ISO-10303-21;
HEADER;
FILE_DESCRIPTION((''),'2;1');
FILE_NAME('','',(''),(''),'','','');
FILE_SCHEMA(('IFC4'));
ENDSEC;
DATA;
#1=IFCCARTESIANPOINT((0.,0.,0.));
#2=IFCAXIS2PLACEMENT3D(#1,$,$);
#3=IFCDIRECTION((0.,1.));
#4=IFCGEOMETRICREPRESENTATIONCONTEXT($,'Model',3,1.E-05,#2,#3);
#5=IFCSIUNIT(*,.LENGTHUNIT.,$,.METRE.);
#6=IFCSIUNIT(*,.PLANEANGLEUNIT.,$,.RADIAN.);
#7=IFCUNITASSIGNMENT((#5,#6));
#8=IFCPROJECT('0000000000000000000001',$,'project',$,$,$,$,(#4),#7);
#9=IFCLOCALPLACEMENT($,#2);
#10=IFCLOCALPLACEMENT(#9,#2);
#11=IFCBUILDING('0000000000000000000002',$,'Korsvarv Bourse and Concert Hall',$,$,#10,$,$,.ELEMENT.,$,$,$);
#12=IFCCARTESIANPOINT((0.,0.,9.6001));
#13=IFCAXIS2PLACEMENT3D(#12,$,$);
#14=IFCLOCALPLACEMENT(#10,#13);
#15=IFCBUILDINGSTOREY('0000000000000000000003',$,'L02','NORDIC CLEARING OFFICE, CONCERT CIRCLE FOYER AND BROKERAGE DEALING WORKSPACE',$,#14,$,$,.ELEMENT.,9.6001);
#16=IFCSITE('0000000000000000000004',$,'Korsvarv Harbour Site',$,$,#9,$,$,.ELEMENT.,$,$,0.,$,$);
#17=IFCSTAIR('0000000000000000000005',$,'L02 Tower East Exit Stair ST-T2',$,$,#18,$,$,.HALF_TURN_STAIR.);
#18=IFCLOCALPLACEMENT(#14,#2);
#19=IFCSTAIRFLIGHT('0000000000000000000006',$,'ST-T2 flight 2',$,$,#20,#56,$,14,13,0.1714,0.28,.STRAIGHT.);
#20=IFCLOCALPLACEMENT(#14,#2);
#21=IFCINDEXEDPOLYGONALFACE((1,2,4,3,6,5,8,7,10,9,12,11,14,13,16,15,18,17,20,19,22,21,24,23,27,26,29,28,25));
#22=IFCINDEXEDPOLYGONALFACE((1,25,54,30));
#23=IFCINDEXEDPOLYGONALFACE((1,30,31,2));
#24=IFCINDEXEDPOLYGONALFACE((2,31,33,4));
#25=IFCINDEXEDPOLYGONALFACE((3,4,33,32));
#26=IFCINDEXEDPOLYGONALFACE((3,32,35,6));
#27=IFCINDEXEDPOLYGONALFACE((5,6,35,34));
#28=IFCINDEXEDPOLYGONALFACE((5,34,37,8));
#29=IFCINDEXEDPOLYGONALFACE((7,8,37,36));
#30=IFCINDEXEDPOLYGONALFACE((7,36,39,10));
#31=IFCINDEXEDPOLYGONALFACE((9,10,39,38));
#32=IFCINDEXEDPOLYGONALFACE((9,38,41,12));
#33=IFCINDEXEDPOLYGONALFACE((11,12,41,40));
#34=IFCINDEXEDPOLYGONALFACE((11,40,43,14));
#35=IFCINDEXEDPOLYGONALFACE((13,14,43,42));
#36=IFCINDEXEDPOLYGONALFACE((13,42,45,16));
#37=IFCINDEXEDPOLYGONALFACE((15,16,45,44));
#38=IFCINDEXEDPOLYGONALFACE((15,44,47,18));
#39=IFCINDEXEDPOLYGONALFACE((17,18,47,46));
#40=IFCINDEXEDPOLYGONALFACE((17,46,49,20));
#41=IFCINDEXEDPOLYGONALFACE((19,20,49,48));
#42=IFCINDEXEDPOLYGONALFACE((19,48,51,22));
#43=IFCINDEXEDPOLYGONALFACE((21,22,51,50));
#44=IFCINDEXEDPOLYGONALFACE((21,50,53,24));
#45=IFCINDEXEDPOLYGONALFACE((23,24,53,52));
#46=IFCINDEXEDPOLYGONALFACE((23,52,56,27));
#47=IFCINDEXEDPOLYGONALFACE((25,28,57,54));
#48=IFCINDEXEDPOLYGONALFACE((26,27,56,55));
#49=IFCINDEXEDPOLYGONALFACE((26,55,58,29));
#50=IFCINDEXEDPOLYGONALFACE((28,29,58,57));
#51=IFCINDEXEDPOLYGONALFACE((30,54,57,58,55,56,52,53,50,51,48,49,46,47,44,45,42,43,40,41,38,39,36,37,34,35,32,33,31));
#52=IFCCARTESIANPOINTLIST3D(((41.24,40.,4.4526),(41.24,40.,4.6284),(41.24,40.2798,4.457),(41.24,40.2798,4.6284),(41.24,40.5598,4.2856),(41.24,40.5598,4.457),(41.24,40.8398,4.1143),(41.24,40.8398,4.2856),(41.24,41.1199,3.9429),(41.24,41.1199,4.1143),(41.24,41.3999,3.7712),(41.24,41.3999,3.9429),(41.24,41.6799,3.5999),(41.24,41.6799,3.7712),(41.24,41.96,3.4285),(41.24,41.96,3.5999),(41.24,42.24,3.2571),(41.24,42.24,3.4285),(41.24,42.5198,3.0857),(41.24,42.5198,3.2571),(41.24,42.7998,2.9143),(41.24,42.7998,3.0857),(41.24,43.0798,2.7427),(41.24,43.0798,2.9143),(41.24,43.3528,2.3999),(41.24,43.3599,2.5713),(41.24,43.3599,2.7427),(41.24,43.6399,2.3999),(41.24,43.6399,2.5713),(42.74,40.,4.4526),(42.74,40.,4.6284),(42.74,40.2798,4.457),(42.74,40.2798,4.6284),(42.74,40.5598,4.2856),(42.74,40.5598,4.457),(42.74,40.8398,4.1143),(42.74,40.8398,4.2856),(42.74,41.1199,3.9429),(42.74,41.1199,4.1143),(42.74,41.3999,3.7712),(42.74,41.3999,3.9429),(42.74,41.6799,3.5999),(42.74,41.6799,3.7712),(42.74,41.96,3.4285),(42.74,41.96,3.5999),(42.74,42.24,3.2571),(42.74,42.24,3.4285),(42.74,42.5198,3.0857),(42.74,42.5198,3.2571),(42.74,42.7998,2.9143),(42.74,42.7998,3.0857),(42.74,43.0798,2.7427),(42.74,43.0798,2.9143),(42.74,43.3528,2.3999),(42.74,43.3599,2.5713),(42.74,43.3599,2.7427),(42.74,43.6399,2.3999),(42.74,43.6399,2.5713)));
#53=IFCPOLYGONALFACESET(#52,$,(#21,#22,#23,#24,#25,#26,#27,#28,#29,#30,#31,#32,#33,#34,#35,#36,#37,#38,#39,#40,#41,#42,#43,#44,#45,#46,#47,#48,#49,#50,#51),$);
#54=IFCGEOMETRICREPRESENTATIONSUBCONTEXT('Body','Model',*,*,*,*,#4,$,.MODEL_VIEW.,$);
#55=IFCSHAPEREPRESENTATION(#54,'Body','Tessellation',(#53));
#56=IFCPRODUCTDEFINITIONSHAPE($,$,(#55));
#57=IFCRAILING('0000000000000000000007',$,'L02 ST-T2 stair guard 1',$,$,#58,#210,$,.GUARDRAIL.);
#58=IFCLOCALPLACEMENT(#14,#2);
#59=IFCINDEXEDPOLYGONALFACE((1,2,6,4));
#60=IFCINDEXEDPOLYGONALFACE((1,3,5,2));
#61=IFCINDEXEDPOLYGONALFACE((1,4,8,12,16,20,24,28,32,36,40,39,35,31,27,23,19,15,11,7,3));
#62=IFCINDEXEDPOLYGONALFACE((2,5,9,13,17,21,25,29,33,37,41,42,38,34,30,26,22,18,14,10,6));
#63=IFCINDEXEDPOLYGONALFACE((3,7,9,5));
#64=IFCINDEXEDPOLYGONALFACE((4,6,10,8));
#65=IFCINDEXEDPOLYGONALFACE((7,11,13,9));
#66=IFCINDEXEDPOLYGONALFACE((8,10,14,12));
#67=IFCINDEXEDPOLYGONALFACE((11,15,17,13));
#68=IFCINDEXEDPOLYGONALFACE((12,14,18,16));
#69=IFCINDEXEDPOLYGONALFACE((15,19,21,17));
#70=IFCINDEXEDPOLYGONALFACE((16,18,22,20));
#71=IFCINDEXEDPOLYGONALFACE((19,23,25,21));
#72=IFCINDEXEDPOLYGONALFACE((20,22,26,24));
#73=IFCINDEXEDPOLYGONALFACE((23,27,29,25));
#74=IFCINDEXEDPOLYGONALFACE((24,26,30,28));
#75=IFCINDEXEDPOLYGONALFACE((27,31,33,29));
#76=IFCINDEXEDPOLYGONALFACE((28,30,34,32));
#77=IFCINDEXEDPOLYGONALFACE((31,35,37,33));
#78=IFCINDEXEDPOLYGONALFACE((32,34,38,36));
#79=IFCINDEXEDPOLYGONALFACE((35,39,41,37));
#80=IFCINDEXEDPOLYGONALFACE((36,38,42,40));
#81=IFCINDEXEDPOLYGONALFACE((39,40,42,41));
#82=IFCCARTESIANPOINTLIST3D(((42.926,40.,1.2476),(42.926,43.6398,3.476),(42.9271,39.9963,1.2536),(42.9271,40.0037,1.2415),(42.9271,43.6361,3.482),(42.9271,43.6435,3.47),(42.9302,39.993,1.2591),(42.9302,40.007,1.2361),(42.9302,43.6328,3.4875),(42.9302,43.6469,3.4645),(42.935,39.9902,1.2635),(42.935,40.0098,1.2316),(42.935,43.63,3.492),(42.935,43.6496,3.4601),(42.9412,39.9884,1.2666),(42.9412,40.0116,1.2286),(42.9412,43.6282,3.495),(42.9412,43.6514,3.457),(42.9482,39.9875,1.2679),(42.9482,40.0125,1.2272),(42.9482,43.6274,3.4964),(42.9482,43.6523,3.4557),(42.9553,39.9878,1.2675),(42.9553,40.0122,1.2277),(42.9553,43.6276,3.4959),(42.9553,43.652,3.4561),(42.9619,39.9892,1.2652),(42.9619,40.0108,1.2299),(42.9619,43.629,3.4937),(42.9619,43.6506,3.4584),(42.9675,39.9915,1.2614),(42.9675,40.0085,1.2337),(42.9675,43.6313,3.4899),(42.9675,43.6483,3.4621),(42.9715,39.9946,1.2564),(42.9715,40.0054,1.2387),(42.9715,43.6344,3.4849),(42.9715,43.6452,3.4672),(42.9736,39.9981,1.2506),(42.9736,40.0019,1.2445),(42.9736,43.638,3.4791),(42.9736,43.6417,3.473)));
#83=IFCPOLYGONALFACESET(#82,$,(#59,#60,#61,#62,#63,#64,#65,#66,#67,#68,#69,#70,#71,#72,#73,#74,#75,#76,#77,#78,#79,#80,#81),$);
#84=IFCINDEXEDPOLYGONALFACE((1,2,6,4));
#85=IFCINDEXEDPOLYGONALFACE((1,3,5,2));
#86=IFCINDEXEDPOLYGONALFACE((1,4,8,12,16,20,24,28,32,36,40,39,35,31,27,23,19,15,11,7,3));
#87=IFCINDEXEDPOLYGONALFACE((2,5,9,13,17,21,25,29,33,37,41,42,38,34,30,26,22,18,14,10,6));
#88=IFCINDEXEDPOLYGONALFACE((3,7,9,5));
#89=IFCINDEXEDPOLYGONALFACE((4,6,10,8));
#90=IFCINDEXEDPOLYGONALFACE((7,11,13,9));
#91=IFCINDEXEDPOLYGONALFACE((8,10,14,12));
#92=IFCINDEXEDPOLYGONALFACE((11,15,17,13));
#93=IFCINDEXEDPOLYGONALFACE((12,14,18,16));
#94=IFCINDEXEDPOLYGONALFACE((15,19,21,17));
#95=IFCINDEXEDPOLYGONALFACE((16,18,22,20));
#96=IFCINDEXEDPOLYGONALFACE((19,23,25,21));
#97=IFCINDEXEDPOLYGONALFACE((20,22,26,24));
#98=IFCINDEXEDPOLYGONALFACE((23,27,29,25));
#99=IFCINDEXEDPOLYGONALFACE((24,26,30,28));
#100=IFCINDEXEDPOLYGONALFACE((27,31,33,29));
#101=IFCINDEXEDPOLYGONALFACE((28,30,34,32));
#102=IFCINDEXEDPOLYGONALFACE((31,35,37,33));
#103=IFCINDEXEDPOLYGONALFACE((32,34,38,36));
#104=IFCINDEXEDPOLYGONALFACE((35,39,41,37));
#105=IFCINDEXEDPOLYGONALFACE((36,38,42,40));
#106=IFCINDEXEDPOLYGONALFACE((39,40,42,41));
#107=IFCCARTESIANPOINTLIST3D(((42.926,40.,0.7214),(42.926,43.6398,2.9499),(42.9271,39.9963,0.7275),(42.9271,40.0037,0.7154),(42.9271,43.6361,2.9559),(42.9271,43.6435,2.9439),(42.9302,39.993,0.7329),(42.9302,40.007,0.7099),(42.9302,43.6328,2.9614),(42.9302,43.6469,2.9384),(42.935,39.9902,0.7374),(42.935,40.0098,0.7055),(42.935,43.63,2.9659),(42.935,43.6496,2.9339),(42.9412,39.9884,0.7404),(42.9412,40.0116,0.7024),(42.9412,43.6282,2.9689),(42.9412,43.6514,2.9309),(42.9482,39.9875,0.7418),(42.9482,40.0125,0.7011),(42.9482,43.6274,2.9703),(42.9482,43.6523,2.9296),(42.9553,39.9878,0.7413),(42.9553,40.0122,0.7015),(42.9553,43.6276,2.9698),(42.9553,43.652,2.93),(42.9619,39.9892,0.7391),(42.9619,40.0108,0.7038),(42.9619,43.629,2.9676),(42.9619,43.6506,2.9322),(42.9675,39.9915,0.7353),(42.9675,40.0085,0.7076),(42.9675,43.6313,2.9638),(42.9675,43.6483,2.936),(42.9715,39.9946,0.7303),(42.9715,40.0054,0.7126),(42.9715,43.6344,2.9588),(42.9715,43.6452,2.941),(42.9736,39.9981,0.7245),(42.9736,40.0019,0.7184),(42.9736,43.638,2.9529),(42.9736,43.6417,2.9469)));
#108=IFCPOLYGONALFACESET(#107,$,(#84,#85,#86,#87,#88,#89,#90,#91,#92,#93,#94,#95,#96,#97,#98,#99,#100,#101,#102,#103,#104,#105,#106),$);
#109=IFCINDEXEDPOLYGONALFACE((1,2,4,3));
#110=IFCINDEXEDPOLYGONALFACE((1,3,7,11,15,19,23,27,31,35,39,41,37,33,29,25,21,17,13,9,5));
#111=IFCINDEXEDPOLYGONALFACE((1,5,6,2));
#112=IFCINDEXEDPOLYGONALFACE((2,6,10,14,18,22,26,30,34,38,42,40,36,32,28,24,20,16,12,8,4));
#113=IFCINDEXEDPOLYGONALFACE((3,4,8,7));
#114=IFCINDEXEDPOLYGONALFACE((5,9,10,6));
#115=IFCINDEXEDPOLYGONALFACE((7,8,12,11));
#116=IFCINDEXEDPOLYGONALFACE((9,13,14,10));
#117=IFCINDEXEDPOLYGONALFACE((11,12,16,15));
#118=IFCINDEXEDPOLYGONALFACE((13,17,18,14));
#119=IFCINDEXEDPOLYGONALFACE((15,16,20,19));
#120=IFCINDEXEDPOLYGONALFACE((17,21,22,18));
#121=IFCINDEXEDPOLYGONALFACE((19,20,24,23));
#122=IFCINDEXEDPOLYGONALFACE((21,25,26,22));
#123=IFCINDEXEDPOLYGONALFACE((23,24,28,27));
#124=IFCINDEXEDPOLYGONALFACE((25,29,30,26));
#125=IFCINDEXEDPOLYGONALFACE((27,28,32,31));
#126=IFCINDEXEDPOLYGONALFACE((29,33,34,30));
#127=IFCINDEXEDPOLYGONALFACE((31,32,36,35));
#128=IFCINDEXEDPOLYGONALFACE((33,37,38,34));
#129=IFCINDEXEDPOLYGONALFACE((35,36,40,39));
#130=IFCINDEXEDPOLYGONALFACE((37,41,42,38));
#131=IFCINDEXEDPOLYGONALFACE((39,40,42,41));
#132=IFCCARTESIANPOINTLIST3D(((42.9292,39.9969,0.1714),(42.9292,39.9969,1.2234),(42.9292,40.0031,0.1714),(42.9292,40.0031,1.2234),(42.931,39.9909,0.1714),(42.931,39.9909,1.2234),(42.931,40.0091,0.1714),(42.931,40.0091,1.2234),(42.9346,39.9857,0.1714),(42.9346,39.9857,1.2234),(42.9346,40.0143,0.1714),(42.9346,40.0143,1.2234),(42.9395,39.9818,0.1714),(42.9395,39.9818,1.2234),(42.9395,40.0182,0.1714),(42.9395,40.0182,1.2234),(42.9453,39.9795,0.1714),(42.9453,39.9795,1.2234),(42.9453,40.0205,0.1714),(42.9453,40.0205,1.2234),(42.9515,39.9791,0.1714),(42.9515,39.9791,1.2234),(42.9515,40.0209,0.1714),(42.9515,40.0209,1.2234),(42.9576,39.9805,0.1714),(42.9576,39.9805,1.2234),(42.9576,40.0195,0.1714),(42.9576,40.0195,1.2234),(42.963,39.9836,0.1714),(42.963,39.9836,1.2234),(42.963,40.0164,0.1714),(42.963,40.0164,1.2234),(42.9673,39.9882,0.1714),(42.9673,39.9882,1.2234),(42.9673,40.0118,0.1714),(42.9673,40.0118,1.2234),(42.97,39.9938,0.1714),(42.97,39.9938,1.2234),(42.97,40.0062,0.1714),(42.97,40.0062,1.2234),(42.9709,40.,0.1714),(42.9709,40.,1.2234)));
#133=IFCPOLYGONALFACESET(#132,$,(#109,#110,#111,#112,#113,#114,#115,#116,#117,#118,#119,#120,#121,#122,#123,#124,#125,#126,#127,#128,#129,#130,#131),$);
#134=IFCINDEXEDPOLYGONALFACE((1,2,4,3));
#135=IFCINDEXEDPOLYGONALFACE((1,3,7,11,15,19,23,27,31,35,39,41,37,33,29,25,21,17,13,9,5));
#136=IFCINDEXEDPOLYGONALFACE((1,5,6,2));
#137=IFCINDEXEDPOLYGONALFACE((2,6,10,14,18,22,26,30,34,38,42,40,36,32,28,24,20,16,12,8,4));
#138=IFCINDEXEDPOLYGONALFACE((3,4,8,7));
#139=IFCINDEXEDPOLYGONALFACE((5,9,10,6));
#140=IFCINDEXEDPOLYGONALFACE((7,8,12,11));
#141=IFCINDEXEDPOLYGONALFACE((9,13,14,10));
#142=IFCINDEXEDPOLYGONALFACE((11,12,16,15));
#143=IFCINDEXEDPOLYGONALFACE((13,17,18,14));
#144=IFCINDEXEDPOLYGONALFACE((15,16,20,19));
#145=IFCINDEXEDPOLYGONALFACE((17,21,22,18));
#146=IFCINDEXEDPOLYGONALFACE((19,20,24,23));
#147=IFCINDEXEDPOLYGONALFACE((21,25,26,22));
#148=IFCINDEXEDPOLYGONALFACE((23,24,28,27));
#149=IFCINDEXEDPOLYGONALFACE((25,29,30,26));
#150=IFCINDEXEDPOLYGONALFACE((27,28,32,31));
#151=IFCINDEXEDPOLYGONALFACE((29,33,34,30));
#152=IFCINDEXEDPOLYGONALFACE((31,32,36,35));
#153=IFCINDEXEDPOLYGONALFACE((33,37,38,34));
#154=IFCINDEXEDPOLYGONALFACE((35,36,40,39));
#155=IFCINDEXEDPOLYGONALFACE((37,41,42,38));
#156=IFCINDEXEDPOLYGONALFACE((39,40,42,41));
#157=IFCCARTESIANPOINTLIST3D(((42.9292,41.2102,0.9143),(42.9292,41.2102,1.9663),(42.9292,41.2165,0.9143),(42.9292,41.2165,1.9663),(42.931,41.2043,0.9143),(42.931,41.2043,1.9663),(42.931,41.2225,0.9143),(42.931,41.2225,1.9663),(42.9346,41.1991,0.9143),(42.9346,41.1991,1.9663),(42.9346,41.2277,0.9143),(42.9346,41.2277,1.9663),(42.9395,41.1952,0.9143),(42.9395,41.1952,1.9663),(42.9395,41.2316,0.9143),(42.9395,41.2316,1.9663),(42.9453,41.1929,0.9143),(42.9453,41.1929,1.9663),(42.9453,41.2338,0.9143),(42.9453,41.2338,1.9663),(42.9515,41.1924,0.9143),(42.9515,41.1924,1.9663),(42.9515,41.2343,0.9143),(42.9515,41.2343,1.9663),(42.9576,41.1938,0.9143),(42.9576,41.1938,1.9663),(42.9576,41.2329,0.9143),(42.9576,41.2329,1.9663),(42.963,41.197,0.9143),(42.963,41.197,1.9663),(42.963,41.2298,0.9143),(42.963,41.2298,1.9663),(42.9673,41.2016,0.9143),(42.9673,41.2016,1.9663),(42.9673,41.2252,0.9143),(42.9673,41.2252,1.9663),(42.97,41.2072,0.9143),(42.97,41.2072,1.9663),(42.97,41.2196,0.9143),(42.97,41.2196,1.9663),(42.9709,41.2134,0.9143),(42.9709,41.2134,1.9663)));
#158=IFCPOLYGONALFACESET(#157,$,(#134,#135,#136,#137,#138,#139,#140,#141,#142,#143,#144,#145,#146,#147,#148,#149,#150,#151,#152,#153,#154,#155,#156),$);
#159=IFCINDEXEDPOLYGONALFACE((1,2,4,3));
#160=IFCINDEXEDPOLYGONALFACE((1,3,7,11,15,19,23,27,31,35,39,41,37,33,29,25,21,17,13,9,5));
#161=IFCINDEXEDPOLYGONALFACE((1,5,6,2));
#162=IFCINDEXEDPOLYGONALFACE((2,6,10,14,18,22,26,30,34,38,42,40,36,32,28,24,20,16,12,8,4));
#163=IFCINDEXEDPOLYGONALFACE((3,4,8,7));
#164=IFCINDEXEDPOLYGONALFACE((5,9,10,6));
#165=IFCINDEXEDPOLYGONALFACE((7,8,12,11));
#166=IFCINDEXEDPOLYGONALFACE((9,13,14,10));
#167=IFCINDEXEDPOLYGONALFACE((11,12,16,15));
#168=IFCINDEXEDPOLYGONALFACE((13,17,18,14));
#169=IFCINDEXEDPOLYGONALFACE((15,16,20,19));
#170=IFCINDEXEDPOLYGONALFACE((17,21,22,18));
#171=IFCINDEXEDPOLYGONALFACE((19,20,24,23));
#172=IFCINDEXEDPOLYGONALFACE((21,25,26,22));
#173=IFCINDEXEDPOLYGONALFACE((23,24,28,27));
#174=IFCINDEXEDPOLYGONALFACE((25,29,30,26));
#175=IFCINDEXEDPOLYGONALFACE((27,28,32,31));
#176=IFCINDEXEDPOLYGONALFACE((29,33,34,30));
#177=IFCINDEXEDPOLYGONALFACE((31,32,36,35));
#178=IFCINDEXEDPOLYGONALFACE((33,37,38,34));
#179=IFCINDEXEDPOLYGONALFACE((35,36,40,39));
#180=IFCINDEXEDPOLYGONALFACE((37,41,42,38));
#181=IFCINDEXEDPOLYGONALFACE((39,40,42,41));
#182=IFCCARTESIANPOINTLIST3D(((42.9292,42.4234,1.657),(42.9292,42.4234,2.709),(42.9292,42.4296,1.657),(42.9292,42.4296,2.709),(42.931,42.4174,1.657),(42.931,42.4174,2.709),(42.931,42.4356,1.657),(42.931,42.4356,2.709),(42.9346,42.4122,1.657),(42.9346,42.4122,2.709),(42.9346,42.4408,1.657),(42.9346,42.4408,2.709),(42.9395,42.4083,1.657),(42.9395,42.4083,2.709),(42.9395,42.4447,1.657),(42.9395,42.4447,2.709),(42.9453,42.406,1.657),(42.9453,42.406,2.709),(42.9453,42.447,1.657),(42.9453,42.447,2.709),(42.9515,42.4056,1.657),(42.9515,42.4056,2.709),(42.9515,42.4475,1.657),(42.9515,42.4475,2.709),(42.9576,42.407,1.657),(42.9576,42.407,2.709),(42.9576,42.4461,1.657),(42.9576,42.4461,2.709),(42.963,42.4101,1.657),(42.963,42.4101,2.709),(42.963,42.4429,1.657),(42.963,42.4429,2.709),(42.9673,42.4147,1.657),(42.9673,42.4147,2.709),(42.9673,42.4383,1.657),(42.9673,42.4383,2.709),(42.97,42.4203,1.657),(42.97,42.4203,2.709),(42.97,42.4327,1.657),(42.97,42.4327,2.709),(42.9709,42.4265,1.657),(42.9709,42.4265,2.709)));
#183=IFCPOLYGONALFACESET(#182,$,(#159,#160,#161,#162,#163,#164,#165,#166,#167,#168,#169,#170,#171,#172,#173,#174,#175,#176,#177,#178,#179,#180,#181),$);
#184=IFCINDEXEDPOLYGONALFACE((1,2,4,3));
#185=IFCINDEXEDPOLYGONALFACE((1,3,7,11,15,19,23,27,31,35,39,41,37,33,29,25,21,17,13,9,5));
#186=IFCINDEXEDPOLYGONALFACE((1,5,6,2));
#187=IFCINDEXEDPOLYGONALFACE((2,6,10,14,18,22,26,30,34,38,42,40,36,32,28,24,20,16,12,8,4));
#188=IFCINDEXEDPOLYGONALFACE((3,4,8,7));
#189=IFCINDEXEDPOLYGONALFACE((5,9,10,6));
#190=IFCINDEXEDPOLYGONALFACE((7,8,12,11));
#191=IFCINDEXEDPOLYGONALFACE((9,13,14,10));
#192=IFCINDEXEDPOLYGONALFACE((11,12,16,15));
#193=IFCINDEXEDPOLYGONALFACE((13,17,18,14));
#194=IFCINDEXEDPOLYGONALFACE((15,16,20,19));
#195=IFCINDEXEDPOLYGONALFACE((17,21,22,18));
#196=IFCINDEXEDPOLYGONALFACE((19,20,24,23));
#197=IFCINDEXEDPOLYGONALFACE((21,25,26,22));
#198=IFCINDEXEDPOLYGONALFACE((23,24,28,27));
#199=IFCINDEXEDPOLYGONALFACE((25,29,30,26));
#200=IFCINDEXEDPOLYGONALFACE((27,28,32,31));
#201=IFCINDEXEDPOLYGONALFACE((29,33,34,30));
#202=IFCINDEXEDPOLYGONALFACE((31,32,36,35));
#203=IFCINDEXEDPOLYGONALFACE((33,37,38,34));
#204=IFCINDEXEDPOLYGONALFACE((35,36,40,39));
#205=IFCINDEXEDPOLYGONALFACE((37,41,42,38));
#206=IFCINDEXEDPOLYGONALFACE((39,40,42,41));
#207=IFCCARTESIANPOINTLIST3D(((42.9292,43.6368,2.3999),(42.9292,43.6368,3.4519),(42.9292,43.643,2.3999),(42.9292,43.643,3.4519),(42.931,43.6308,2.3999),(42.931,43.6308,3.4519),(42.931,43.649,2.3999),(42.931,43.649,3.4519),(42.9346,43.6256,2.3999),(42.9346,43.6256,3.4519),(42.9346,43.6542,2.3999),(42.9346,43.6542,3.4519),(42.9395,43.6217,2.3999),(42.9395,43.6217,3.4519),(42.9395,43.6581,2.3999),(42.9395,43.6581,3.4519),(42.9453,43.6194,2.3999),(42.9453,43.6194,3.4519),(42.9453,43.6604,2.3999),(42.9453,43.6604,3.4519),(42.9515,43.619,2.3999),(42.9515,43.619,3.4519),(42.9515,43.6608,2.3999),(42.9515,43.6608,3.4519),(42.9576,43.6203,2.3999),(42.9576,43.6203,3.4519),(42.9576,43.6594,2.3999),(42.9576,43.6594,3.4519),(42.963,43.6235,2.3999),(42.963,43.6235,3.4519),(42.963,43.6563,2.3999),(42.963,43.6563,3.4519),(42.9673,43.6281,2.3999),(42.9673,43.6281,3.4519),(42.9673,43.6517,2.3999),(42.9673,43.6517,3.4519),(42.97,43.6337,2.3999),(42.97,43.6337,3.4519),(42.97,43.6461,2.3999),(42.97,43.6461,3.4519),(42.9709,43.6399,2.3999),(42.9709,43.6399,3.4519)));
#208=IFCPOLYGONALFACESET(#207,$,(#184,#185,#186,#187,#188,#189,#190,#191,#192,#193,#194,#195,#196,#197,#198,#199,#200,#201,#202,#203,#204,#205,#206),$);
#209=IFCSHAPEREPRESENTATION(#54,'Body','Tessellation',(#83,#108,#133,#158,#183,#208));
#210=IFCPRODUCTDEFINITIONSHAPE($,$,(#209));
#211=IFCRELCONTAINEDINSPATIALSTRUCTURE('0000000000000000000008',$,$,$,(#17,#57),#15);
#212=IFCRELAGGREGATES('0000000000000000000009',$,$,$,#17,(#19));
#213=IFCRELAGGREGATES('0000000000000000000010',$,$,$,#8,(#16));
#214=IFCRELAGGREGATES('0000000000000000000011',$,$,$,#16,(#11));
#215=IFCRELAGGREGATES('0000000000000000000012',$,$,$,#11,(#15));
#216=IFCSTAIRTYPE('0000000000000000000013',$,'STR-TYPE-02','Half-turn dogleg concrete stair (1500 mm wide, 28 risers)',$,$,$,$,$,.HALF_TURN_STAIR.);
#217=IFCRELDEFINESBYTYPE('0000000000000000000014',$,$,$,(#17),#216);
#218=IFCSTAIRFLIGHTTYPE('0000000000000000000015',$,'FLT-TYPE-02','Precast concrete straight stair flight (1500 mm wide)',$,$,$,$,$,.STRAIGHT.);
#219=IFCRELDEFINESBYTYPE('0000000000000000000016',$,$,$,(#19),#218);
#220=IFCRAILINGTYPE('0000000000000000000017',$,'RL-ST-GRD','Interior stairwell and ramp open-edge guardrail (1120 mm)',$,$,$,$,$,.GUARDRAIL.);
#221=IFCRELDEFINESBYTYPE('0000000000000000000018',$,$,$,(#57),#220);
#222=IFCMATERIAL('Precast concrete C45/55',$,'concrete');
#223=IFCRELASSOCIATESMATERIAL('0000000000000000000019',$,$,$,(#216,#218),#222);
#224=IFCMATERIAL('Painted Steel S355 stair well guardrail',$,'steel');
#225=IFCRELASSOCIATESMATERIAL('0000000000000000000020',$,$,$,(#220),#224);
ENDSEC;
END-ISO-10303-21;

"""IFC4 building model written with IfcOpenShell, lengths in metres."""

from ifc_helpers import new_model, si_unit, direction, frame, origin, origin_2d, place, context, subcontext, project, spatial, polyline, circle, outline, extrude, material, type_object, element, aggregate, save


model = new_model("IFC4")

# Units and contexts
model_context = context("Model", 3, precision=1e-05, world=origin(), true_north=direction((0.0, 1.0)))
body_context = subcontext(model_context, "Body", "Model", "MODEL_VIEW")
ifc_project = project(units=[si_unit("LENGTHUNIT", "METRE"), si_unit("PLANEANGLEUNIT", "RADIAN")], contexts=[model_context])

# Site, building, storey
site_placement = place(None, origin())
site = spatial("IfcSite", under=ifc_project, at=site_placement, Name="Korsvarv Harbour Site", CompositionType="ELEMENT", RefElevation=0.0)
building_placement = place(site_placement, origin())
building = spatial("IfcBuilding", under=site, at=building_placement, Name="Korsvarv Bourse and Concert Hall", CompositionType="ELEMENT")
storey_placement = place(building_placement, frame((0.0, 0.0, 9.6001)))
storey = spatial("IfcBuildingStorey", under=building, at=storey_placement, Name="L02", Description="NORDIC CLEARING OFFICE, CONCERT CIRCLE FOYER AND BROKERAGE DEALING WORKSPACE", CompositionType="ELEMENT", Elevation=9.6001)

# Stair, stair flight
ifc_material_1 = material(Name="Precast concrete C45/55", Category="concrete")
stair_type = type_object("IfcStairType", Name="STR-TYPE-02", Description="Half-turn dogleg concrete stair (1500 mm wide, 28 risers)", PredefinedType="HALF_TURN_STAIR", material=ifc_material_1)
stair_placement = place(storey_placement, origin())
stair = element("IfcStair", 1, at=stair_placement, inside=storey, type_object=stair_type, Name="L02 Tower East Exit Stair ST-T2", PredefinedType="HALF_TURN_STAIR")
stair_flight_type = type_object("IfcStairFlightType", Name="FLT-TYPE-02", Description="Precast concrete straight stair flight (1500 mm wide)", PredefinedType="STRAIGHT", material=ifc_material_1)
stair_flight_1_placement = place(storey_placement, frame((41.99, 43.6399, 2.3999), z_axis=(0.0, 0.0, 1.0), x_axis=(0.0, -1.0, 0.0)))
stair_flight_1 = element("IfcStairFlight", 2, at=stair_flight_1_placement, type_object=stair_flight_type, Name="ST-T2 flight 2", NumberOfRisers=14, NumberOfTreads=13, PredefinedType="STRAIGHT", RiserHeight=0.1714, TreadLength=0.28, context=body_context, shape_type="SweptSolid", body=[
    extrude(outline(polyline([(0.0, 0.0), (0.0, 0.1714), (0.28, 0.1714), (0.28, 0.3428), (0.5601, 0.3428), (0.5601, 0.5144), (0.8401, 0.5144), (0.8401, 0.6858), (1.1201, 0.6858), (1.1201, 0.8572), (1.3999, 0.8572), (1.3999, 1.0286), (1.6799, 1.0286), (1.6799, 1.2), (1.96, 1.2), (1.96, 1.3713), (2.24, 1.3713), (2.24, 1.543), (2.52, 1.543), (2.52, 1.7144), (2.8, 1.7144), (2.8, 1.8857), (3.0801, 1.8857), (3.0801, 2.0571), (3.3601, 2.0571), (3.3601, 2.2285), (3.6399, 2.2285), (3.6399, 2.3999), (3.6399, 2.0527), (0.2871, 0.0), (0.0, 0.0)])), frame((0.0, 0.75, 0.0), z_axis=(0.0, -1.0, 0.0), x_axis=(1.0, 0.0, 0.0)), (0.0, 0.0, 1.0), 1.5),
])
aggregate(stair, [stair_flight_1])

# Railing
ifc_material_2 = material(Name="Painted Steel S355 stair well guardrail", Category="steel")
railing_type_1 = type_object("IfcRailingType", Name="RL-ST-GRD", Description="Interior stairwell and ramp open-edge guardrail (1120 mm)", PredefinedType="GUARDRAIL", material=ifc_material_2)
railing_1_placement = place(storey_placement, frame((42.95, 40.0, 0.1714)))
element("IfcRailing", 3, at=railing_1_placement, inside=storey, type_object=railing_type_1, Name="L02 ST-T2 stair guard 1", PredefinedType="GUARDRAIL", context=body_context, shape_type="SweptSolid", body=[
    extrude(circle(Radius=0.0239, at=origin_2d()), frame((0.0, 0.0, 1.0762), z_axis=(0.0, 0.85285, 0.522156), x_axis=(-1.0, 0.0, 0.0)), (0.0, 0.0, 1.0), 4.2678),
    extrude(circle(Radius=0.0239, at=origin_2d()), frame((0.0, 0.0, 0.55), z_axis=(0.0, 0.85285, 0.522156), x_axis=(-1.0, 0.0, 0.0)), (0.0, 0.0, 1.0), 4.2678),
    extrude(circle(Radius=0.021, at=origin_2d()), origin(), (0.0, 0.0, 1.0), 1.052),
    extrude(circle(Radius=0.021, at=origin_2d()), frame((0.0, 1.2134, 0.7429)), (0.0, 0.0, 1.0), 1.052),
    extrude(circle(Radius=0.021, at=origin_2d()), frame((0.0, 2.4265, 1.4856)), (0.0, 0.0, 1.0), 1.052),
    extrude(circle(Radius=0.021, at=origin_2d()), frame((0.0, 3.6399, 2.2285)), (0.0, 0.0, 1.0), 1.052),
])

save(model, "model.ifc")
